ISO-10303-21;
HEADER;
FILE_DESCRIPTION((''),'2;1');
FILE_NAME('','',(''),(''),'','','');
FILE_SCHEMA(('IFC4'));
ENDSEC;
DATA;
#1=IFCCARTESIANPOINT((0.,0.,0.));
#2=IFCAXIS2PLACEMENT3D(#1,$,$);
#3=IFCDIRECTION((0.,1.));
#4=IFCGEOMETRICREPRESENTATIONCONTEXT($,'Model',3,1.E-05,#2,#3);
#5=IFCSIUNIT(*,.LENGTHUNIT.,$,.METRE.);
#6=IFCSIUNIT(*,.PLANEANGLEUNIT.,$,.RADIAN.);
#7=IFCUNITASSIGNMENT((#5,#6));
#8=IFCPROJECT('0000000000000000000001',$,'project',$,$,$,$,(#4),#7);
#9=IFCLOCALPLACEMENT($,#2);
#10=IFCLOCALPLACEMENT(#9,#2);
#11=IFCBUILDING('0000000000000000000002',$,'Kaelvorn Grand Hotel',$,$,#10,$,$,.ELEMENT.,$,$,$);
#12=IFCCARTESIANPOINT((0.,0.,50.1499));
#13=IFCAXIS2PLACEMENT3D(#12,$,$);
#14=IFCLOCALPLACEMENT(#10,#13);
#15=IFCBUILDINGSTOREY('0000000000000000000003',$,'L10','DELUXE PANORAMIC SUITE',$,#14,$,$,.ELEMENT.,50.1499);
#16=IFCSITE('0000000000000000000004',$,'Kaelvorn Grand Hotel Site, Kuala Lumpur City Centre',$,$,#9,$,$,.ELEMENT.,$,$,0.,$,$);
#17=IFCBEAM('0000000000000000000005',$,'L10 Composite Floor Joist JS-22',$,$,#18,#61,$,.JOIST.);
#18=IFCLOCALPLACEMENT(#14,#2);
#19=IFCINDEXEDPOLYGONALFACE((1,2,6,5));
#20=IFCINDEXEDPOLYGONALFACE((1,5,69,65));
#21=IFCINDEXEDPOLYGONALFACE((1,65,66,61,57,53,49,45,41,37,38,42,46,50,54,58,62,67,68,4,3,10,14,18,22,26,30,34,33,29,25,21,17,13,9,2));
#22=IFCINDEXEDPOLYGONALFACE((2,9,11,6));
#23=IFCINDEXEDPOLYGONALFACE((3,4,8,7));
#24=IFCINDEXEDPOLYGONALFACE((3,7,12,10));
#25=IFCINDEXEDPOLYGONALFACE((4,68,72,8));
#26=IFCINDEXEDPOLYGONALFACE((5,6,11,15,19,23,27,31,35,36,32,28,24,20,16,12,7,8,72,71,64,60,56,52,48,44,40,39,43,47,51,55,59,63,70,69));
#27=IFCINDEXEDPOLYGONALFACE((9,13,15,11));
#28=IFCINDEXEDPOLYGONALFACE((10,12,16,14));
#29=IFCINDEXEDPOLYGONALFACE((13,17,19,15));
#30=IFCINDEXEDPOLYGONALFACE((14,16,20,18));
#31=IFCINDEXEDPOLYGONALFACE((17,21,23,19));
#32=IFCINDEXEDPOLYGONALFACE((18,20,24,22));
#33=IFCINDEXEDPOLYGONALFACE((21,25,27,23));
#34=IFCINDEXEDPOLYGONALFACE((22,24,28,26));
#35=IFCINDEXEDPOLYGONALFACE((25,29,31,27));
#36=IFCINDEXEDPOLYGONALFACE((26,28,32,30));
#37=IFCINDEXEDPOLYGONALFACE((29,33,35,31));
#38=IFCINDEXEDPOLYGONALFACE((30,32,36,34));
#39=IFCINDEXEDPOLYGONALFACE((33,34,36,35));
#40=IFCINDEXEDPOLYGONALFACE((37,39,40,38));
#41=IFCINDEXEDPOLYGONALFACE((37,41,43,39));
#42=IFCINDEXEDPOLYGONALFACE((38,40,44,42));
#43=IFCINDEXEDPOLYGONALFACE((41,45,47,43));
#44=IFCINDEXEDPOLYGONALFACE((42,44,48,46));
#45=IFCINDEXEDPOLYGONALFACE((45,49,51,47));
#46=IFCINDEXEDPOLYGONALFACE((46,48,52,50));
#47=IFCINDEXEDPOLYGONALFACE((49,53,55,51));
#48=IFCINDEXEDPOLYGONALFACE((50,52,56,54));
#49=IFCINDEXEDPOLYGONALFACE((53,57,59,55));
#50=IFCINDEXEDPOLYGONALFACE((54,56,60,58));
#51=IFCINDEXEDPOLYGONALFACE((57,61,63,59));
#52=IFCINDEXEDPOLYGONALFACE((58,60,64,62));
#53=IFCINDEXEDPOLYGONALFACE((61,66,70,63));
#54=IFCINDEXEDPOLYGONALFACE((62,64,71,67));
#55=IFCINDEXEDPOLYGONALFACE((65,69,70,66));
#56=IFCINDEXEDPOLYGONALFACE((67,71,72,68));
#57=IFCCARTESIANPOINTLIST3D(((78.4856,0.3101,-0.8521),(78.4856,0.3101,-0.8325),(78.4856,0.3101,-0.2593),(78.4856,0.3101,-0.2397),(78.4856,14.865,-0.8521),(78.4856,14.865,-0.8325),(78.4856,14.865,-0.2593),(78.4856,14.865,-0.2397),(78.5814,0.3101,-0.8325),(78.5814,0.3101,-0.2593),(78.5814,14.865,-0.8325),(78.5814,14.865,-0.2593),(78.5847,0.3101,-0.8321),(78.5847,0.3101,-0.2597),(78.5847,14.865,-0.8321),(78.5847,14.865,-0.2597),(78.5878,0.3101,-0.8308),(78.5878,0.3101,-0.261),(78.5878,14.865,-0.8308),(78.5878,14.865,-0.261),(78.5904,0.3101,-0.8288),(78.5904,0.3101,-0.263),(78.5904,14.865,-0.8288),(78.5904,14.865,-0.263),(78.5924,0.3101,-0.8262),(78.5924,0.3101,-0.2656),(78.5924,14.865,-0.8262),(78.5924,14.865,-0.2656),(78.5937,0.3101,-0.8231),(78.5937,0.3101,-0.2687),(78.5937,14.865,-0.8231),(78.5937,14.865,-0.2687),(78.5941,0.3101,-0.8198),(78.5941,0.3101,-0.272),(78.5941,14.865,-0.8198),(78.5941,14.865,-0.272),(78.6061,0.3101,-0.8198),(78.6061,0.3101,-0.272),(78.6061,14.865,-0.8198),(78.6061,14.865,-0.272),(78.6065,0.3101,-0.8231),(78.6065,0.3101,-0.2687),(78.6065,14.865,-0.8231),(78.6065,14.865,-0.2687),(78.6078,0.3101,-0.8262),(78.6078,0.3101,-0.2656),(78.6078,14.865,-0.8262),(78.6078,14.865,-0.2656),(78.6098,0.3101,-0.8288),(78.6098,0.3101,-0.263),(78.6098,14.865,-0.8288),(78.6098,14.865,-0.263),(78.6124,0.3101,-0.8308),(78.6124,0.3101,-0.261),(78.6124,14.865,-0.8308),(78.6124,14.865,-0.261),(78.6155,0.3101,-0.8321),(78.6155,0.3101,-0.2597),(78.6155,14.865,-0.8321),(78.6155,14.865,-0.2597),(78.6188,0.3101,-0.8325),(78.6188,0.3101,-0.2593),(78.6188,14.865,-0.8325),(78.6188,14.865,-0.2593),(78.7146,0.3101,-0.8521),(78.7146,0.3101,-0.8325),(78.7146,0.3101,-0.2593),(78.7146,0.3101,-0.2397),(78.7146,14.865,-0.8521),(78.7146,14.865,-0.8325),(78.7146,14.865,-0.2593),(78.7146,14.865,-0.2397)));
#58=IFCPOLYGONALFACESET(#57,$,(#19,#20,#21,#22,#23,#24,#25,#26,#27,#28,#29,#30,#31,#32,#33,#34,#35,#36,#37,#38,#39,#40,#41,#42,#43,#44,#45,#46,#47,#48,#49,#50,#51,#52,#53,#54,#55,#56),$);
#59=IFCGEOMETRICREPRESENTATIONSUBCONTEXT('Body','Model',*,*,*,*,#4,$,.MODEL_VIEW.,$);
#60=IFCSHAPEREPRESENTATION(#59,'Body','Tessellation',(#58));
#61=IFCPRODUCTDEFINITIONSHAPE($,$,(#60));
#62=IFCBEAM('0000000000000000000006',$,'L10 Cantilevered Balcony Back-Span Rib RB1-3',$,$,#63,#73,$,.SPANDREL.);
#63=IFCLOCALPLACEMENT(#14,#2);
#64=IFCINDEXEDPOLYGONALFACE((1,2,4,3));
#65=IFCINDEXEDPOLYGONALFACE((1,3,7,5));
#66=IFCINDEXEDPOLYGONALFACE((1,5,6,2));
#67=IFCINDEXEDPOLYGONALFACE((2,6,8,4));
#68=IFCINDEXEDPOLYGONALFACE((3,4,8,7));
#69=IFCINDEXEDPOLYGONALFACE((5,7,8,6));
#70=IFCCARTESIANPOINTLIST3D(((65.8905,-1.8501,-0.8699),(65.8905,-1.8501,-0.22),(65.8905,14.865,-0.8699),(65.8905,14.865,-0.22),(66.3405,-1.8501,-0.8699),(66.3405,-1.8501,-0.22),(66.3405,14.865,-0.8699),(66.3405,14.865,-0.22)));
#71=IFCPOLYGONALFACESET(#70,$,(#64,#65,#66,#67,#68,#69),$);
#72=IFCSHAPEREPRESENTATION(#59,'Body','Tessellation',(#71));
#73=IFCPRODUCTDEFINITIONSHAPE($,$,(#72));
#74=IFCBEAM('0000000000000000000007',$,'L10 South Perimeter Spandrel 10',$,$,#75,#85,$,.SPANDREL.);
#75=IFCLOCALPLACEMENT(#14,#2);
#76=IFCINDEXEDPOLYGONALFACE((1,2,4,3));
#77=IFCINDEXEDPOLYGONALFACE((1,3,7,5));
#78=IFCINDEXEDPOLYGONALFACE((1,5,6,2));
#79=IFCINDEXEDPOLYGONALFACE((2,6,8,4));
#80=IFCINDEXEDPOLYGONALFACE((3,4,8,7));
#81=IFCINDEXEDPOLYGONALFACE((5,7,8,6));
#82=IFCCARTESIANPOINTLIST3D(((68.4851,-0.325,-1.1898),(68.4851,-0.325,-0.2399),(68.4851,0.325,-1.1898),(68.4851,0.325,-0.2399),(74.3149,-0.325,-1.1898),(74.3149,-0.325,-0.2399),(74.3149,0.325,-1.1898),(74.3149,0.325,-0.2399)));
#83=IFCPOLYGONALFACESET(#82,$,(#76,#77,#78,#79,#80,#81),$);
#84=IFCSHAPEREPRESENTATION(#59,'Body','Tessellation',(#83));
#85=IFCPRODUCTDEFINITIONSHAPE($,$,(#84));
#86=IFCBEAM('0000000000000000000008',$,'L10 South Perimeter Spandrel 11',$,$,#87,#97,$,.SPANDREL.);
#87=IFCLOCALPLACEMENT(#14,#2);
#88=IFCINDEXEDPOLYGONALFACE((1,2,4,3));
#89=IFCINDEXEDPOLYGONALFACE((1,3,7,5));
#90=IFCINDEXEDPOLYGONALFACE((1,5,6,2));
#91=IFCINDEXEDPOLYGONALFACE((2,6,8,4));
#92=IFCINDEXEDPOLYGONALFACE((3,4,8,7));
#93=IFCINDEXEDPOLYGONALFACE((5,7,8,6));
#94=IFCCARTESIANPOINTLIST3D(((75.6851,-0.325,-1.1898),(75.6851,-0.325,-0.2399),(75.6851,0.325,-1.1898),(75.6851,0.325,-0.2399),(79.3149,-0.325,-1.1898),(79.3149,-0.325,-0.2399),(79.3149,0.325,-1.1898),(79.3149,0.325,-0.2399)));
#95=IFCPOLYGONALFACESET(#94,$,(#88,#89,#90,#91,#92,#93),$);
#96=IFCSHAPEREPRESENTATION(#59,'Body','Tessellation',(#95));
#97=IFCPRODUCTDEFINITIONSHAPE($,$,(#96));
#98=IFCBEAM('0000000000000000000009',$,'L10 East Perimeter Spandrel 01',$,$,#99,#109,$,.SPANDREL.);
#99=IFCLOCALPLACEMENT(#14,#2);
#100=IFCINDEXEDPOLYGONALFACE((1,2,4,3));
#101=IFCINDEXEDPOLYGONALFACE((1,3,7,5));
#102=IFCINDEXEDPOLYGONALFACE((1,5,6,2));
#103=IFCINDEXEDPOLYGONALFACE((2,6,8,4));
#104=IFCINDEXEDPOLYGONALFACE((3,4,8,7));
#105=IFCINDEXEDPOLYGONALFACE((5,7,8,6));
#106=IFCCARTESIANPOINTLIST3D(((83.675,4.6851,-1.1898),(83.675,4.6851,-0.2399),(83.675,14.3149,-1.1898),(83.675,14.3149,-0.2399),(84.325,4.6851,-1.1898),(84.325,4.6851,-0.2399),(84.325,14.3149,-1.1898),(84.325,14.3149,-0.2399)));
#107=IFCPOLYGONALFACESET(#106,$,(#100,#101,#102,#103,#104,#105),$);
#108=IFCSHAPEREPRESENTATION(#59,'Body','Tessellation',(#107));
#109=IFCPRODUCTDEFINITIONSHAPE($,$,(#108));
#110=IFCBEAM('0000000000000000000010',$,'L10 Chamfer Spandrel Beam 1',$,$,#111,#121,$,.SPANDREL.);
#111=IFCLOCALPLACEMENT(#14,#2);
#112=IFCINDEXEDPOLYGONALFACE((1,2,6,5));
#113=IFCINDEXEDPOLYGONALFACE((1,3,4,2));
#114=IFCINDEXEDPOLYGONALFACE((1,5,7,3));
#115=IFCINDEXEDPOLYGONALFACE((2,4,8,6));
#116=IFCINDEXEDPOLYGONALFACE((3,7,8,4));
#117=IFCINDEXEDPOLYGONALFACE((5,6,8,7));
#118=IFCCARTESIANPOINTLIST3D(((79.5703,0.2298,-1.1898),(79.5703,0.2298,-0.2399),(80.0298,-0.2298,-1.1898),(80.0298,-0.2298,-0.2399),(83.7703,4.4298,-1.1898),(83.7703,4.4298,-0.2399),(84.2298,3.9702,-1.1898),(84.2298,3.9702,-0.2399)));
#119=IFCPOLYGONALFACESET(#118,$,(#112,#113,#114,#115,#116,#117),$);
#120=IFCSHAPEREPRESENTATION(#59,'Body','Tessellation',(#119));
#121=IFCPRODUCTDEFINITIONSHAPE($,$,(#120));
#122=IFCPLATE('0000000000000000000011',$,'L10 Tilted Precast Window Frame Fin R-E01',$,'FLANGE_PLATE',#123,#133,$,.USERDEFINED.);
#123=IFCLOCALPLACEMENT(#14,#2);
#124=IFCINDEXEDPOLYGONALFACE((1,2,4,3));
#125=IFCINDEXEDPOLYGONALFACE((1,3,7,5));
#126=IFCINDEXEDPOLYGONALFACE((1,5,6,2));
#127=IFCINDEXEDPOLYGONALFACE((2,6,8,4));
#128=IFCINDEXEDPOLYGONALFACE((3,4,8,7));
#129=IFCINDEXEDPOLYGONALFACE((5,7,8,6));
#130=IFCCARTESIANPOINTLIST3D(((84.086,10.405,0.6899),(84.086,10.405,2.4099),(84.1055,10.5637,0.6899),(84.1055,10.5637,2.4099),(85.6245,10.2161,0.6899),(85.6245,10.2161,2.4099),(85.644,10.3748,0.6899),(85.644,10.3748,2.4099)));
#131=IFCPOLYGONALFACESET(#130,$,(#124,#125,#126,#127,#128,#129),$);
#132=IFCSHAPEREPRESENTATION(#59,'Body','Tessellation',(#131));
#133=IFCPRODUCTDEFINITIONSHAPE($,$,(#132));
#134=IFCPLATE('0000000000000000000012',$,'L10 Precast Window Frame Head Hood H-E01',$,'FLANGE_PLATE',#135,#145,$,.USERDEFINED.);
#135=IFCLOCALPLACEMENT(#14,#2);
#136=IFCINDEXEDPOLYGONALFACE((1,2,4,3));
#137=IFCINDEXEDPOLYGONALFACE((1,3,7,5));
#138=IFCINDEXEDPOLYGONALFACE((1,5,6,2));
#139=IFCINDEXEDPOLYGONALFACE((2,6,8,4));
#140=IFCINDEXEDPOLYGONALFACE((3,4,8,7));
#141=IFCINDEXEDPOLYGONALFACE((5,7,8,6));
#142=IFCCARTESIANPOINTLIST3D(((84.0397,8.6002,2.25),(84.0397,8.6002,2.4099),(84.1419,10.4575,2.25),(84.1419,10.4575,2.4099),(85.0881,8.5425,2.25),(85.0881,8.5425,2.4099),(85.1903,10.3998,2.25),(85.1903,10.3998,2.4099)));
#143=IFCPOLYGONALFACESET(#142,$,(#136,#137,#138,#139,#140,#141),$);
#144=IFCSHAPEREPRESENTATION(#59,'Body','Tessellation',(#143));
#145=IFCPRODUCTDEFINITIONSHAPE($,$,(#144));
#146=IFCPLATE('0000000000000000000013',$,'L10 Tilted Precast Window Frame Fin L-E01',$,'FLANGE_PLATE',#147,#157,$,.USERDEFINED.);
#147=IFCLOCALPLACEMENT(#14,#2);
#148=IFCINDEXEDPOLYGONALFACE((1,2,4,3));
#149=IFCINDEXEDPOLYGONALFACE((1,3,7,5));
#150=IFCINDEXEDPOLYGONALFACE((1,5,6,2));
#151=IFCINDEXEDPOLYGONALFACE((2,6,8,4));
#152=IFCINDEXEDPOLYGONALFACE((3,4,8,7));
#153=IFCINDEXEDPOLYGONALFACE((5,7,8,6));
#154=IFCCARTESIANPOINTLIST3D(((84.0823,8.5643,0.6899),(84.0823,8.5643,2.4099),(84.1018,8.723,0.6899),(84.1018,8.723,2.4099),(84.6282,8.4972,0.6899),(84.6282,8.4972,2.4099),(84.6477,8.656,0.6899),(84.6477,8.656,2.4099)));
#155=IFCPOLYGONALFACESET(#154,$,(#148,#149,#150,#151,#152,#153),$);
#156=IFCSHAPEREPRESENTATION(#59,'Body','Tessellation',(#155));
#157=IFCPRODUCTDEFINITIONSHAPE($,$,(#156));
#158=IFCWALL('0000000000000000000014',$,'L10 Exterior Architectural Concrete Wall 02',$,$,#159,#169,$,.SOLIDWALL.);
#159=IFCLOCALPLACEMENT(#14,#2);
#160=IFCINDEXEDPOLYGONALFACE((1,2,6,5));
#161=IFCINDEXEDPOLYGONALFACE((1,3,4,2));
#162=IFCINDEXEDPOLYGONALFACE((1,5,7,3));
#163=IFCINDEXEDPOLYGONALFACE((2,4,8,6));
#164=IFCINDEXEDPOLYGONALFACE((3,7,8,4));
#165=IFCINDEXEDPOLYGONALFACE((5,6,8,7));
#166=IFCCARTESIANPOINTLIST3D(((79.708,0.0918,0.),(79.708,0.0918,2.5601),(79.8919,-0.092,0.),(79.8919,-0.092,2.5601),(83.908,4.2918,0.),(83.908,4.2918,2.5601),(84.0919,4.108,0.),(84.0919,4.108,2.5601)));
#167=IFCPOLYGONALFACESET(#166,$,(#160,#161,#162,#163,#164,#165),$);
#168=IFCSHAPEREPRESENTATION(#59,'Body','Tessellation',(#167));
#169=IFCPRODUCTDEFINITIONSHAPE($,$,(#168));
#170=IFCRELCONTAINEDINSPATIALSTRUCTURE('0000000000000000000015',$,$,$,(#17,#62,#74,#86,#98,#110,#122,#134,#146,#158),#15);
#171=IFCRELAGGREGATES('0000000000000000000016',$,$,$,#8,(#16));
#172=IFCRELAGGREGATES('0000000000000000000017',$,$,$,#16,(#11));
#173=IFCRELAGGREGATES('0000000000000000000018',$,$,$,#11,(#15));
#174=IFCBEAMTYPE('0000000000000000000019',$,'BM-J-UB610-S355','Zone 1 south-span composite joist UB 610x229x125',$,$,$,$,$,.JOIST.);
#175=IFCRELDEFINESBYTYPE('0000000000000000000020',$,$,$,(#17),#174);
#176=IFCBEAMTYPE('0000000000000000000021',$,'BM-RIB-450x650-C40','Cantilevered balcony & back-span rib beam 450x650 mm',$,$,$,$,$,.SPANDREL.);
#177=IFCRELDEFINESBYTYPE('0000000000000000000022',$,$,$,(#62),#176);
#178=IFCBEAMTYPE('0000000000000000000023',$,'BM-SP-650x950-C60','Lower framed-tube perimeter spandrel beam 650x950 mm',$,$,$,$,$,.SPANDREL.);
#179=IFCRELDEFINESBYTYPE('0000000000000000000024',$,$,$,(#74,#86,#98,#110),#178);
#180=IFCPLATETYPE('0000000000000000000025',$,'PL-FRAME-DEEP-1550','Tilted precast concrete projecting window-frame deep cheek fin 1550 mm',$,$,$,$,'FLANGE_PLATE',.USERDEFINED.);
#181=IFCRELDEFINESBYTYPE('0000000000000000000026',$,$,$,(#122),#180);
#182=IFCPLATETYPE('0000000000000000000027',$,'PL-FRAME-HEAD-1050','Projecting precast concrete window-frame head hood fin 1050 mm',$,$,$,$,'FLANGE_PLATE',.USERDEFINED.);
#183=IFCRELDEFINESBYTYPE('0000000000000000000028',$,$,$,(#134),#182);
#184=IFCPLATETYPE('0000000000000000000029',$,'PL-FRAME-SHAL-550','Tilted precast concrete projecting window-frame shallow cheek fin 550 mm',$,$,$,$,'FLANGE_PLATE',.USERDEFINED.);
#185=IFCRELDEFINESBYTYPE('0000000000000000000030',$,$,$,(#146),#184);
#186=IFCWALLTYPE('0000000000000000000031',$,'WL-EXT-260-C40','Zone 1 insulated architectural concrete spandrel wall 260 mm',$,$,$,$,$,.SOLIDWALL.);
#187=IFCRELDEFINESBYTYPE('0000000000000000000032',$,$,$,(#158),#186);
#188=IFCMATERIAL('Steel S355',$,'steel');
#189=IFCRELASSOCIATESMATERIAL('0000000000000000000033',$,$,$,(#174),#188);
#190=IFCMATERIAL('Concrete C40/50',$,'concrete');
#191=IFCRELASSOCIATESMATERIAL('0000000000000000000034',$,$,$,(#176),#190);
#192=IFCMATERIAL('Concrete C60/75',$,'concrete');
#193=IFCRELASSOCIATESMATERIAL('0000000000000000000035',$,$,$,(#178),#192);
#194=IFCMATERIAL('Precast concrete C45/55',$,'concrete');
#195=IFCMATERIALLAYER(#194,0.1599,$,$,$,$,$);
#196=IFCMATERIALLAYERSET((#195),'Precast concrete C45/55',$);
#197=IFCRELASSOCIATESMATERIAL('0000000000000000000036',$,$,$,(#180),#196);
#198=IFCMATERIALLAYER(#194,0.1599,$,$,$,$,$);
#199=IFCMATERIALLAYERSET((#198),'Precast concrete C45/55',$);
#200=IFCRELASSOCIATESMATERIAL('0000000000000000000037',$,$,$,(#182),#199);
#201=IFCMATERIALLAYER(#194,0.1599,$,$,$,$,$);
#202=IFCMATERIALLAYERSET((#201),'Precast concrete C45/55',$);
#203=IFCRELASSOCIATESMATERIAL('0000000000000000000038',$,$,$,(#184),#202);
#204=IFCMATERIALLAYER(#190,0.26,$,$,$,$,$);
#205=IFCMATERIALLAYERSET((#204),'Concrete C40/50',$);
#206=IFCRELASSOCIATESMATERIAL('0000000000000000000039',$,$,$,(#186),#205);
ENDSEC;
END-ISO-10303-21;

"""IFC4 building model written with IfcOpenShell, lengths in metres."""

from ifc_helpers import new_model, si_unit, direction, frame, frame_2d, origin, origin_2d, place, context, subcontext, project, spatial, rectangle, i_section, extrude, material, layer, layer_set, material_profile, profile_set, type_object, element, save


model = new_model("IFC4")

# Units and contexts
model_context = context("Model", 3, precision=1e-05, world=origin(), true_north=direction((0.0, 1.0)))
body_context = subcontext(model_context, "Body", "Model", "MODEL_VIEW")
ifc_project = project(units=[si_unit("LENGTHUNIT", "METRE"), si_unit("PLANEANGLEUNIT", "RADIAN")], contexts=[model_context])

# Site, building, storey
site_placement = place(None, origin())
site = spatial("IfcSite", under=ifc_project, at=site_placement, Name="Kaelvorn Grand Hotel Site, Kuala Lumpur City Centre", CompositionType="ELEMENT", RefElevation=0.0)
building_placement = place(site_placement, origin())
building = spatial("IfcBuilding", under=site, at=building_placement, Name="Kaelvorn Grand Hotel", CompositionType="ELEMENT")
storey_placement = place(building_placement, frame((0.0, 0.0, 50.1499)))
storey = spatial("IfcBuildingStorey", under=building, at=storey_placement, Name="L10", Description="DELUXE PANORAMIC SUITE", CompositionType="ELEMENT", Elevation=50.1499)

# Beams
ifc_material_1 = material(Name="Steel S355", Category="steel")
ifc_material_profile_1 = material_profile(ifc_material_1, i_section(OverallWidth=0.229, OverallDepth=0.6123, WebThickness=0.012, FlangeThickness=0.0195, FilletRadius=0.0127, at=origin_2d()), Name="UB 610x229x125")
ifc_profile_set_1 = profile_set([ifc_material_profile_1], Name="Steel S355")
beam_type_1 = type_object("IfcBeamType", Name="BM-J-UB610-S355", Description="Zone 1 south-span composite joist UB 610x229x125", PredefinedType="JOIST", material=ifc_profile_set_1)
beam_1_placement = place(storey_placement, frame((78.6001, 0.3101, -0.5459), z_axis=(0.0, 1.0, 0.0), x_axis=(-1.0, 0.0, 0.0)))
element("IfcBeam", 1, at=beam_1_placement, inside=storey, type_object=beam_type_1, Name="L10 Composite Floor Joist JS-22", PredefinedType="JOIST", context=body_context, shape_type="SweptSolid", body=[
    extrude(i_section(OverallWidth=0.229, OverallDepth=0.6123, WebThickness=0.012, FlangeThickness=0.0195, FilletRadius=0.0127, at=origin_2d()), origin(), (0.0, 0.0, 1.0), 14.5549),
])
ifc_material_2 = material(Name="Concrete C40/50", Category="concrete")
ifc_material_profile_2 = material_profile(ifc_material_2, rectangle(XDim=0.45, YDim=0.6499, at=origin_2d()), Name="RC RIB 450x650")
ifc_profile_set_2 = profile_set([ifc_material_profile_2], Name="Concrete C40/50")
beam_type_2 = type_object("IfcBeamType", Name="BM-RIB-450x650-C40", Description="Cantilevered balcony & back-span rib beam 450x650 mm", PredefinedType="SPANDREL", material=ifc_profile_set_2)
beam_2_placement = place(storey_placement, frame((66.1155, -1.8501, -0.5449), z_axis=(0.0, 1.0, 0.0), x_axis=(-1.0, 0.0, 0.0)))
element("IfcBeam", 2, at=beam_2_placement, inside=storey, type_object=beam_type_2, Name="L10 Cantilevered Balcony Back-Span Rib RB1-3", PredefinedType="SPANDREL", context=body_context, shape_type="SweptSolid", body=[
    extrude(rectangle(XDim=0.45, YDim=0.6499, at=origin_2d()), origin(), (0.0, 0.0, 1.0), 16.7151),
])
ifc_material_3 = material(Name="Concrete C60/75", Category="concrete")
ifc_material_profile_3 = material_profile(ifc_material_3, rectangle(XDim=0.6499, YDim=0.95, at=origin_2d()), Name="RC SPANDREL 650x950")
ifc_profile_set_3 = profile_set([ifc_material_profile_3], Name="Concrete C60/75")
beam_type_3 = type_object("IfcBeamType", Name="BM-SP-650x950-C60", Description="Lower framed-tube perimeter spandrel beam 650x950 mm", PredefinedType="SPANDREL", material=ifc_profile_set_3)
beam_3_placement = place(storey_placement, frame((68.4851, 0.0, -0.7148), z_axis=(1.0, 0.0, 0.0), x_axis=(0.0, 1.0, 0.0)))
element("IfcBeam", 3, at=beam_3_placement, inside=storey, type_object=beam_type_3, Name="L10 South Perimeter Spandrel 10", PredefinedType="SPANDREL", context=body_context, shape_type="SweptSolid", body=[
    extrude(rectangle(XDim=0.6499, YDim=0.95, at=origin_2d()), origin(), (0.0, 0.0, 1.0), 5.8298),
])
beam_4_placement = place(storey_placement, frame((75.6851, 0.0, -0.7148), z_axis=(1.0, 0.0, 0.0), x_axis=(0.0, 1.0, 0.0)))
element("IfcBeam", 4, at=beam_4_placement, inside=storey, type_object=beam_type_3, Name="L10 South Perimeter Spandrel 11", PredefinedType="SPANDREL", context=body_context, shape_type="SweptSolid", body=[
    extrude(rectangle(XDim=0.6499, YDim=0.95, at=origin_2d()), origin(), (0.0, 0.0, 1.0), 3.6299),
])
beam_5_placement = place(storey_placement, frame((84.0, 4.6851, -0.7148), z_axis=(0.0, 1.0, 0.0), x_axis=(-1.0, 0.0, 0.0)))
element("IfcBeam", 5, at=beam_5_placement, inside=storey, type_object=beam_type_3, Name="L10 East Perimeter Spandrel 01", PredefinedType="SPANDREL", context=body_context, shape_type="SweptSolid", body=[
    extrude(rectangle(XDim=0.6499, YDim=0.95, at=origin_2d()), origin(), (0.0, 0.0, 1.0), 9.6299),
])
beam_6_placement = place(storey_placement, frame((79.8, 0.0, -0.7148), z_axis=(0.707107, 0.707107, 0.0), x_axis=(-0.707107, 0.707107, 0.0)))
element("IfcBeam", 6, at=beam_6_placement, inside=storey, type_object=beam_type_3, Name="L10 Chamfer Spandrel Beam 1", PredefinedType="SPANDREL", context=body_context, shape_type="SweptSolid", body=[
    extrude(rectangle(XDim=0.6499, YDim=0.95, at=origin_2d()), origin(), (0.0, 0.0, 1.0), 5.9397),
])

# Plates
ifc_material_4 = material(Name="Precast concrete C45/55", Category="concrete")
ifc_layer_1 = layer(ifc_material_4, 0.1599)
ifc_layer_set_1 = layer_set([ifc_layer_1], Name="Precast concrete C45/55")
plate_type_1 = type_object("IfcPlateType", Name="PL-FRAME-DEEP-1550", Description="Tilted precast concrete projecting window-frame deep cheek fin 1550 mm", ElementType="FLANGE_PLATE", PredefinedType="USERDEFINED", material=ifc_layer_set_1)
plate_1_placement = place(storey_placement, frame((84.865, 10.3899, 0.6899), z_axis=(0.0, 0.0, 1.0), x_axis=(0.121869, 0.992546, 0.0)))
element("IfcPlate", 7, at=plate_1_placement, inside=storey, type_object=plate_type_1, Name="L10 Tilted Precast Window Frame Fin R-E01", ObjectType="FLANGE_PLATE", PredefinedType="USERDEFINED", context=body_context, shape_type="SweptSolid", body=[
    extrude(rectangle(XDim=0.1599, YDim=1.55, at=origin_2d()), origin(), (0.0, 0.0, 1.0), 1.72),
])
ifc_layer_2 = layer(ifc_material_4, 0.1599)
ifc_layer_set_2 = layer_set([ifc_layer_2], Name="Precast concrete C45/55")
plate_type_2 = type_object("IfcPlateType", Name="PL-FRAME-HEAD-1050", Description="Projecting precast concrete window-frame head hood fin 1050 mm", ElementType="FLANGE_PLATE", PredefinedType="USERDEFINED", material=ifc_layer_set_2)
plate_2_placement = place(storey_placement, frame((84.615, 9.5, 2.25), z_axis=(0.0, 0.0, 1.0), x_axis=(0.05495, 0.998489, 0.0)))
element("IfcPlate", 8, at=plate_2_placement, inside=storey, type_object=plate_type_2, Name="L10 Precast Window Frame Head Hood H-E01", ObjectType="FLANGE_PLATE", PredefinedType="USERDEFINED", context=body_context, shape_type="SweptSolid", body=[
    extrude(rectangle(XDim=1.8601, YDim=1.05, at=origin_2d()), origin(), (0.0, 0.0, 1.0), 0.1599),
])
ifc_layer_3 = layer(ifc_material_4, 0.1599)
ifc_layer_set_3 = layer_set([ifc_layer_3], Name="Precast concrete C45/55")
plate_type_3 = type_object("IfcPlateType", Name="PL-FRAME-SHAL-550", Description="Tilted precast concrete projecting window-frame shallow cheek fin 550 mm", ElementType="FLANGE_PLATE", PredefinedType="USERDEFINED", material=ifc_layer_set_3)
plate_3_placement = place(storey_placement, frame((84.365, 8.6101, 0.6899), z_axis=(0.0, 0.0, 1.0), x_axis=(0.121869, 0.992546, 0.0)))
element("IfcPlate", 9, at=plate_3_placement, inside=storey, type_object=plate_type_3, Name="L10 Tilted Precast Window Frame Fin L-E01", ObjectType="FLANGE_PLATE", PredefinedType="USERDEFINED", context=body_context, shape_type="SweptSolid", body=[
    extrude(rectangle(XDim=0.1599, YDim=0.55, at=origin_2d()), origin(), (0.0, 0.0, 1.0), 1.72),
])

# Wall
ifc_layer_4 = layer(ifc_material_2, 0.26)
ifc_layer_set_4 = layer_set([ifc_layer_4], Name="Concrete C40/50")
wall_type_1 = type_object("IfcWallType", Name="WL-EXT-260-C40", Description="Zone 1 insulated architectural concrete spandrel wall 260 mm", PredefinedType="SOLIDWALL", material=ifc_layer_set_4)
wall_1_placement = place(storey_placement, frame((79.8, 0.0, 0.0), z_axis=(0.0, 0.0, 1.0), x_axis=(0.707107, 0.707107, 0.0)))
element("IfcWall", 10, at=wall_1_placement, inside=storey, type_object=wall_type_1, Name="L10 Exterior Architectural Concrete Wall 02", PredefinedType="SOLIDWALL", context=body_context, shape_type="SweptSolid", body=[
    extrude(rectangle(XDim=5.9397, YDim=0.26, at=frame_2d((2.9697, 0.0))), origin(), (0.0, 0.0, 1.0), 2.5601),
])

save(model, "model.ifc")
